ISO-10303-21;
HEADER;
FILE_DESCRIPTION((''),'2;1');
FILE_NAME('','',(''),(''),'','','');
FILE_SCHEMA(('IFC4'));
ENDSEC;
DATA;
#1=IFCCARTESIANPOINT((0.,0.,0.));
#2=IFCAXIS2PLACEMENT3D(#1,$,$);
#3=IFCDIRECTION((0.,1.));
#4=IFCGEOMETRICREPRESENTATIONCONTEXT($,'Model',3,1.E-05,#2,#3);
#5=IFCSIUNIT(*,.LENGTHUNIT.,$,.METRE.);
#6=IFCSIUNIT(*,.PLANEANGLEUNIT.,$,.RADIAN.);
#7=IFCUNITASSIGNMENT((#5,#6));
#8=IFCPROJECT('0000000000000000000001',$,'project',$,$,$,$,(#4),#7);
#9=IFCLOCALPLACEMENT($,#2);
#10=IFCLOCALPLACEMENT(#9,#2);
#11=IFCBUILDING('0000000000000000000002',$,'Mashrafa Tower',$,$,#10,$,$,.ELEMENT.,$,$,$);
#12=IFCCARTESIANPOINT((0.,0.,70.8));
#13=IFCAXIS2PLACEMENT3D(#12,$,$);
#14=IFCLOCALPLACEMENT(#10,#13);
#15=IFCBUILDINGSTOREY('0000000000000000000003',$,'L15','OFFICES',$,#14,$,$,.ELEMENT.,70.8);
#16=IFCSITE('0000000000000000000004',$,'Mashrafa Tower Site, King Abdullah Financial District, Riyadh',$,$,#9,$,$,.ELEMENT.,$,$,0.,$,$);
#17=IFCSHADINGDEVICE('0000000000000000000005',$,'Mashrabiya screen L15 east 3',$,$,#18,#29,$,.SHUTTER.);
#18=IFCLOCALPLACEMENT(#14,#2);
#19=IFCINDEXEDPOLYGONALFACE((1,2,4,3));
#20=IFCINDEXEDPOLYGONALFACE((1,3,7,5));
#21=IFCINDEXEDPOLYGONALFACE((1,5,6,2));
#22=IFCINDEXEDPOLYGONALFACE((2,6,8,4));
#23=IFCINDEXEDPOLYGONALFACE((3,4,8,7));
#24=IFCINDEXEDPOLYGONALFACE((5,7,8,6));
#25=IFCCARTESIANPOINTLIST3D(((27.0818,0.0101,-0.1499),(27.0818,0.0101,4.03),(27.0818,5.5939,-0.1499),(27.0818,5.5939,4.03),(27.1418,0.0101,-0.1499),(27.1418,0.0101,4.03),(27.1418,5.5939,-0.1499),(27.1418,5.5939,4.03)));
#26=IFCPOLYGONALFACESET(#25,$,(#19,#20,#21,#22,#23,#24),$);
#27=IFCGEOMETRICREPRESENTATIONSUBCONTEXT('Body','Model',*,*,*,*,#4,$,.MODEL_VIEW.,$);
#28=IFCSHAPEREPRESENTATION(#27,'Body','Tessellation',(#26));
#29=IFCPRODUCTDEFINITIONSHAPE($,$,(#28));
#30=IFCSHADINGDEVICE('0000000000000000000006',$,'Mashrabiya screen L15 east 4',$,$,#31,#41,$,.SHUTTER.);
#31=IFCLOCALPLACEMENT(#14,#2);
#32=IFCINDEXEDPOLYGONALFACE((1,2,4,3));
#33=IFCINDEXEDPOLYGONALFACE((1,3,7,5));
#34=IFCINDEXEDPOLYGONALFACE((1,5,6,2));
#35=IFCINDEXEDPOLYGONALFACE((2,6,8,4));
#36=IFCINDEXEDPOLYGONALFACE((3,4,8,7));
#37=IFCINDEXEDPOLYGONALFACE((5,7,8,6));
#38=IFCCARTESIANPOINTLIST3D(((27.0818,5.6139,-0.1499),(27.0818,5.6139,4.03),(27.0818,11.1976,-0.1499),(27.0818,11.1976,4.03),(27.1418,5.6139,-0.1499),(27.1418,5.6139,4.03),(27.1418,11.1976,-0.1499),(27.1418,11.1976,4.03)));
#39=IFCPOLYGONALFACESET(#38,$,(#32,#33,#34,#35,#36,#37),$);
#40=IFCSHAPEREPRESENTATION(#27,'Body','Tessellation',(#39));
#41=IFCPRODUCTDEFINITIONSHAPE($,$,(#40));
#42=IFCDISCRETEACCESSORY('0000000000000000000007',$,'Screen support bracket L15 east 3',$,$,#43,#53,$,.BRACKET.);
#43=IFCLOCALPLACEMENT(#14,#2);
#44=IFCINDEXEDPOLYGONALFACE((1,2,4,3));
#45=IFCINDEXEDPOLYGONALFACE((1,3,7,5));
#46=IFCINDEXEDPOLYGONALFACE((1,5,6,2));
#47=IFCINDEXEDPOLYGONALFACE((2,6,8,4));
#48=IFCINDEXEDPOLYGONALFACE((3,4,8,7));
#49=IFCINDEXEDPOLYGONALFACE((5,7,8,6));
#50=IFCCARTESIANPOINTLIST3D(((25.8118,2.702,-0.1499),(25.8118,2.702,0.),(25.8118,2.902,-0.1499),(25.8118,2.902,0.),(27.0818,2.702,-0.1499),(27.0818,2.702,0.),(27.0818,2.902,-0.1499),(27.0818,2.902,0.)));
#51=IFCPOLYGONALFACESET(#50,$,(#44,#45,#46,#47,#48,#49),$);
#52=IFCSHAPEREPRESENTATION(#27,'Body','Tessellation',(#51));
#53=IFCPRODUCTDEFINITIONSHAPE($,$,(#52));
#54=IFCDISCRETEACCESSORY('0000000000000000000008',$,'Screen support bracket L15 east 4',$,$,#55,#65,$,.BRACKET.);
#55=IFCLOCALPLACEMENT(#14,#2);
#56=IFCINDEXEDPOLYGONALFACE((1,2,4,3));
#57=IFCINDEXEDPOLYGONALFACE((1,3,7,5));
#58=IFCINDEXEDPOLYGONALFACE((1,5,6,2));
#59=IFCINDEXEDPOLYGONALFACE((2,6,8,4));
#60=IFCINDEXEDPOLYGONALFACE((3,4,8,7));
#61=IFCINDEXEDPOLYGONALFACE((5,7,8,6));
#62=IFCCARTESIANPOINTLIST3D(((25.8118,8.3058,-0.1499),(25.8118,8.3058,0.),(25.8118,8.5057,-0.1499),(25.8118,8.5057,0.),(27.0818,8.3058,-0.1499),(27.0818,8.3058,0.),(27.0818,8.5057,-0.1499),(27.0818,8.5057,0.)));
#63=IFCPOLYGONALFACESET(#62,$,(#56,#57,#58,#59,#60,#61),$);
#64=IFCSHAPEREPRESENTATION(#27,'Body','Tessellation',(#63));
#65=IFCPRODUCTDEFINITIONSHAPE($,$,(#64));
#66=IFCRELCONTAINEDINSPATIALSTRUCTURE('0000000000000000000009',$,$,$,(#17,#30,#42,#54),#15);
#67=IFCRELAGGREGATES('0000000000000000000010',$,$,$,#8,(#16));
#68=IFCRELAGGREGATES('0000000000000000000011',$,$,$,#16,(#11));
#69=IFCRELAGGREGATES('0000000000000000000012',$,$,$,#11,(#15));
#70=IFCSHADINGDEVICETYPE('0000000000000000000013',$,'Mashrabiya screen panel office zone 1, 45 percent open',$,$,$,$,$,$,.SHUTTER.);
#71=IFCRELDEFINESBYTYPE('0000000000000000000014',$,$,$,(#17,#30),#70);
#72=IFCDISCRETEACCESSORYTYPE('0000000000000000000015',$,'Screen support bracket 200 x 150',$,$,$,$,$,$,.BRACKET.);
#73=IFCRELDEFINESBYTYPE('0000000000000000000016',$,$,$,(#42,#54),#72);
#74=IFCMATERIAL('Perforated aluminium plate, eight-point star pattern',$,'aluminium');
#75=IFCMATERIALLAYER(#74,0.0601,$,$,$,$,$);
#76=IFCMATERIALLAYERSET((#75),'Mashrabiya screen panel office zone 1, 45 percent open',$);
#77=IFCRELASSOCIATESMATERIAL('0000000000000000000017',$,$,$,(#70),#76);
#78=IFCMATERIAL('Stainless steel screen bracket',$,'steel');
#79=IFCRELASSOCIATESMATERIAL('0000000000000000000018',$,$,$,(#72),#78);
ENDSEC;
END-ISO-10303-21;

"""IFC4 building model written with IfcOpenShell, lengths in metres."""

from ifc_helpers import new_model, si_unit, direction, frame, origin, origin_2d, place, context, subcontext, project, spatial, rectangle, extrude, source, transform, mapped, material, layer, layer_set, type_object, type_shapes, element, save


model = new_model("IFC4")

# Units and contexts
model_context = context("Model", 3, precision=1e-05, world=origin(), true_north=direction((0.0, 1.0)))
body_context = subcontext(model_context, "Body", "Model", "MODEL_VIEW")
ifc_project = project(units=[si_unit("LENGTHUNIT", "METRE"), si_unit("PLANEANGLEUNIT", "RADIAN")], contexts=[model_context])

# Site, building, storey
site_placement = place(None, origin())
site = spatial("IfcSite", under=ifc_project, at=site_placement, Name="Mashrafa Tower Site, King Abdullah Financial District, Riyadh", CompositionType="ELEMENT", RefElevation=0.0)
building_placement = place(site_placement, origin())
building = spatial("IfcBuilding", under=site, at=building_placement, Name="Mashrafa Tower", CompositionType="ELEMENT")
storey_placement = place(building_placement, frame((0.0, 0.0, 70.8)))
storey = spatial("IfcBuildingStorey", under=building, at=storey_placement, Name="L15", Description="OFFICES", CompositionType="ELEMENT", Elevation=70.8)

# Shading devices
ifc_material_1 = material(Name="Perforated aluminium plate, eight-point star pattern", Category="aluminium")
ifc_layer_1 = layer(ifc_material_1, 0.0601)
ifc_layer_set_1 = layer_set([ifc_layer_1], Name="Mashrabiya screen panel office zone 1, 45 percent open")
shading_device_type = type_object("IfcShadingDeviceType", Name="Mashrabiya screen panel office zone 1, 45 percent open", PredefinedType="SHUTTER", material=ifc_layer_set_1)
shared_shape_1 = source(origin(), body_context, "Body", "SweptSolid", [
    extrude(rectangle(XDim=5.5837, YDim=0.0601, at=origin_2d()), origin(), (0.0, 0.0, 1.0), 4.1799),
])
type_shapes(shading_device_type, [shared_shape_1])
for number, where, z_axis, x_axis, name in (
    (1, (27.1118, 2.802, -0.1499), (0.0, 0.0, 1.0), (0.0, 1.0, 0.0), "Mashrabiya screen L15 east 3"),
    (2, (27.1118, 8.4058, -0.1499), (0.0, 0.0, 1.0), (0.0, 1.0, 0.0), "Mashrabiya screen L15 east 4"),
):
    element("IfcShadingDevice", number, at=place(storey_placement, frame(where, z_axis=z_axis, x_axis=x_axis)), inside=storey, type_object=shading_device_type, Name=name, PredefinedType="SHUTTER", context=body_context, shape_type="MappedRepresentation", body=[
        mapped(shared_shape_1, transform((0.0, 0.0, 0.0))),
    ])

# Discrete accessories
ifc_material_2 = material(Name="Stainless steel screen bracket", Category="steel")
discrete_accessory_type = type_object("IfcDiscreteAccessoryType", Name="Screen support bracket 200 x 150", PredefinedType="BRACKET", material=ifc_material_2)
shared_shape_2 = source(origin(), body_context, "Body", "SweptSolid", [
    extrude(rectangle(XDim=0.2, YDim=1.27, at=origin_2d()), origin(), (0.0, 0.0, 1.0), 0.1499),
])
type_shapes(discrete_accessory_type, [shared_shape_2])
for number, where, z_axis, x_axis, name in (
    (3, (26.4468, 2.802, -0.1499), (0.0, 0.0, 1.0), (0.0, 1.0, 0.0), "Screen support bracket L15 east 3"),
    (4, (26.4468, 8.4058, -0.1499), (0.0, 0.0, 1.0), (0.0, 1.0, 0.0), "Screen support bracket L15 east 4"),
):
    element("IfcDiscreteAccessory", number, at=place(storey_placement, frame(where, z_axis=z_axis, x_axis=x_axis)), inside=storey, type_object=discrete_accessory_type, Name=name, PredefinedType="BRACKET", context=body_context, shape_type="MappedRepresentation", body=[
        mapped(shared_shape_2, transform((0.0, 0.0, 0.0))),
    ])

save(model, "model.ifc")
